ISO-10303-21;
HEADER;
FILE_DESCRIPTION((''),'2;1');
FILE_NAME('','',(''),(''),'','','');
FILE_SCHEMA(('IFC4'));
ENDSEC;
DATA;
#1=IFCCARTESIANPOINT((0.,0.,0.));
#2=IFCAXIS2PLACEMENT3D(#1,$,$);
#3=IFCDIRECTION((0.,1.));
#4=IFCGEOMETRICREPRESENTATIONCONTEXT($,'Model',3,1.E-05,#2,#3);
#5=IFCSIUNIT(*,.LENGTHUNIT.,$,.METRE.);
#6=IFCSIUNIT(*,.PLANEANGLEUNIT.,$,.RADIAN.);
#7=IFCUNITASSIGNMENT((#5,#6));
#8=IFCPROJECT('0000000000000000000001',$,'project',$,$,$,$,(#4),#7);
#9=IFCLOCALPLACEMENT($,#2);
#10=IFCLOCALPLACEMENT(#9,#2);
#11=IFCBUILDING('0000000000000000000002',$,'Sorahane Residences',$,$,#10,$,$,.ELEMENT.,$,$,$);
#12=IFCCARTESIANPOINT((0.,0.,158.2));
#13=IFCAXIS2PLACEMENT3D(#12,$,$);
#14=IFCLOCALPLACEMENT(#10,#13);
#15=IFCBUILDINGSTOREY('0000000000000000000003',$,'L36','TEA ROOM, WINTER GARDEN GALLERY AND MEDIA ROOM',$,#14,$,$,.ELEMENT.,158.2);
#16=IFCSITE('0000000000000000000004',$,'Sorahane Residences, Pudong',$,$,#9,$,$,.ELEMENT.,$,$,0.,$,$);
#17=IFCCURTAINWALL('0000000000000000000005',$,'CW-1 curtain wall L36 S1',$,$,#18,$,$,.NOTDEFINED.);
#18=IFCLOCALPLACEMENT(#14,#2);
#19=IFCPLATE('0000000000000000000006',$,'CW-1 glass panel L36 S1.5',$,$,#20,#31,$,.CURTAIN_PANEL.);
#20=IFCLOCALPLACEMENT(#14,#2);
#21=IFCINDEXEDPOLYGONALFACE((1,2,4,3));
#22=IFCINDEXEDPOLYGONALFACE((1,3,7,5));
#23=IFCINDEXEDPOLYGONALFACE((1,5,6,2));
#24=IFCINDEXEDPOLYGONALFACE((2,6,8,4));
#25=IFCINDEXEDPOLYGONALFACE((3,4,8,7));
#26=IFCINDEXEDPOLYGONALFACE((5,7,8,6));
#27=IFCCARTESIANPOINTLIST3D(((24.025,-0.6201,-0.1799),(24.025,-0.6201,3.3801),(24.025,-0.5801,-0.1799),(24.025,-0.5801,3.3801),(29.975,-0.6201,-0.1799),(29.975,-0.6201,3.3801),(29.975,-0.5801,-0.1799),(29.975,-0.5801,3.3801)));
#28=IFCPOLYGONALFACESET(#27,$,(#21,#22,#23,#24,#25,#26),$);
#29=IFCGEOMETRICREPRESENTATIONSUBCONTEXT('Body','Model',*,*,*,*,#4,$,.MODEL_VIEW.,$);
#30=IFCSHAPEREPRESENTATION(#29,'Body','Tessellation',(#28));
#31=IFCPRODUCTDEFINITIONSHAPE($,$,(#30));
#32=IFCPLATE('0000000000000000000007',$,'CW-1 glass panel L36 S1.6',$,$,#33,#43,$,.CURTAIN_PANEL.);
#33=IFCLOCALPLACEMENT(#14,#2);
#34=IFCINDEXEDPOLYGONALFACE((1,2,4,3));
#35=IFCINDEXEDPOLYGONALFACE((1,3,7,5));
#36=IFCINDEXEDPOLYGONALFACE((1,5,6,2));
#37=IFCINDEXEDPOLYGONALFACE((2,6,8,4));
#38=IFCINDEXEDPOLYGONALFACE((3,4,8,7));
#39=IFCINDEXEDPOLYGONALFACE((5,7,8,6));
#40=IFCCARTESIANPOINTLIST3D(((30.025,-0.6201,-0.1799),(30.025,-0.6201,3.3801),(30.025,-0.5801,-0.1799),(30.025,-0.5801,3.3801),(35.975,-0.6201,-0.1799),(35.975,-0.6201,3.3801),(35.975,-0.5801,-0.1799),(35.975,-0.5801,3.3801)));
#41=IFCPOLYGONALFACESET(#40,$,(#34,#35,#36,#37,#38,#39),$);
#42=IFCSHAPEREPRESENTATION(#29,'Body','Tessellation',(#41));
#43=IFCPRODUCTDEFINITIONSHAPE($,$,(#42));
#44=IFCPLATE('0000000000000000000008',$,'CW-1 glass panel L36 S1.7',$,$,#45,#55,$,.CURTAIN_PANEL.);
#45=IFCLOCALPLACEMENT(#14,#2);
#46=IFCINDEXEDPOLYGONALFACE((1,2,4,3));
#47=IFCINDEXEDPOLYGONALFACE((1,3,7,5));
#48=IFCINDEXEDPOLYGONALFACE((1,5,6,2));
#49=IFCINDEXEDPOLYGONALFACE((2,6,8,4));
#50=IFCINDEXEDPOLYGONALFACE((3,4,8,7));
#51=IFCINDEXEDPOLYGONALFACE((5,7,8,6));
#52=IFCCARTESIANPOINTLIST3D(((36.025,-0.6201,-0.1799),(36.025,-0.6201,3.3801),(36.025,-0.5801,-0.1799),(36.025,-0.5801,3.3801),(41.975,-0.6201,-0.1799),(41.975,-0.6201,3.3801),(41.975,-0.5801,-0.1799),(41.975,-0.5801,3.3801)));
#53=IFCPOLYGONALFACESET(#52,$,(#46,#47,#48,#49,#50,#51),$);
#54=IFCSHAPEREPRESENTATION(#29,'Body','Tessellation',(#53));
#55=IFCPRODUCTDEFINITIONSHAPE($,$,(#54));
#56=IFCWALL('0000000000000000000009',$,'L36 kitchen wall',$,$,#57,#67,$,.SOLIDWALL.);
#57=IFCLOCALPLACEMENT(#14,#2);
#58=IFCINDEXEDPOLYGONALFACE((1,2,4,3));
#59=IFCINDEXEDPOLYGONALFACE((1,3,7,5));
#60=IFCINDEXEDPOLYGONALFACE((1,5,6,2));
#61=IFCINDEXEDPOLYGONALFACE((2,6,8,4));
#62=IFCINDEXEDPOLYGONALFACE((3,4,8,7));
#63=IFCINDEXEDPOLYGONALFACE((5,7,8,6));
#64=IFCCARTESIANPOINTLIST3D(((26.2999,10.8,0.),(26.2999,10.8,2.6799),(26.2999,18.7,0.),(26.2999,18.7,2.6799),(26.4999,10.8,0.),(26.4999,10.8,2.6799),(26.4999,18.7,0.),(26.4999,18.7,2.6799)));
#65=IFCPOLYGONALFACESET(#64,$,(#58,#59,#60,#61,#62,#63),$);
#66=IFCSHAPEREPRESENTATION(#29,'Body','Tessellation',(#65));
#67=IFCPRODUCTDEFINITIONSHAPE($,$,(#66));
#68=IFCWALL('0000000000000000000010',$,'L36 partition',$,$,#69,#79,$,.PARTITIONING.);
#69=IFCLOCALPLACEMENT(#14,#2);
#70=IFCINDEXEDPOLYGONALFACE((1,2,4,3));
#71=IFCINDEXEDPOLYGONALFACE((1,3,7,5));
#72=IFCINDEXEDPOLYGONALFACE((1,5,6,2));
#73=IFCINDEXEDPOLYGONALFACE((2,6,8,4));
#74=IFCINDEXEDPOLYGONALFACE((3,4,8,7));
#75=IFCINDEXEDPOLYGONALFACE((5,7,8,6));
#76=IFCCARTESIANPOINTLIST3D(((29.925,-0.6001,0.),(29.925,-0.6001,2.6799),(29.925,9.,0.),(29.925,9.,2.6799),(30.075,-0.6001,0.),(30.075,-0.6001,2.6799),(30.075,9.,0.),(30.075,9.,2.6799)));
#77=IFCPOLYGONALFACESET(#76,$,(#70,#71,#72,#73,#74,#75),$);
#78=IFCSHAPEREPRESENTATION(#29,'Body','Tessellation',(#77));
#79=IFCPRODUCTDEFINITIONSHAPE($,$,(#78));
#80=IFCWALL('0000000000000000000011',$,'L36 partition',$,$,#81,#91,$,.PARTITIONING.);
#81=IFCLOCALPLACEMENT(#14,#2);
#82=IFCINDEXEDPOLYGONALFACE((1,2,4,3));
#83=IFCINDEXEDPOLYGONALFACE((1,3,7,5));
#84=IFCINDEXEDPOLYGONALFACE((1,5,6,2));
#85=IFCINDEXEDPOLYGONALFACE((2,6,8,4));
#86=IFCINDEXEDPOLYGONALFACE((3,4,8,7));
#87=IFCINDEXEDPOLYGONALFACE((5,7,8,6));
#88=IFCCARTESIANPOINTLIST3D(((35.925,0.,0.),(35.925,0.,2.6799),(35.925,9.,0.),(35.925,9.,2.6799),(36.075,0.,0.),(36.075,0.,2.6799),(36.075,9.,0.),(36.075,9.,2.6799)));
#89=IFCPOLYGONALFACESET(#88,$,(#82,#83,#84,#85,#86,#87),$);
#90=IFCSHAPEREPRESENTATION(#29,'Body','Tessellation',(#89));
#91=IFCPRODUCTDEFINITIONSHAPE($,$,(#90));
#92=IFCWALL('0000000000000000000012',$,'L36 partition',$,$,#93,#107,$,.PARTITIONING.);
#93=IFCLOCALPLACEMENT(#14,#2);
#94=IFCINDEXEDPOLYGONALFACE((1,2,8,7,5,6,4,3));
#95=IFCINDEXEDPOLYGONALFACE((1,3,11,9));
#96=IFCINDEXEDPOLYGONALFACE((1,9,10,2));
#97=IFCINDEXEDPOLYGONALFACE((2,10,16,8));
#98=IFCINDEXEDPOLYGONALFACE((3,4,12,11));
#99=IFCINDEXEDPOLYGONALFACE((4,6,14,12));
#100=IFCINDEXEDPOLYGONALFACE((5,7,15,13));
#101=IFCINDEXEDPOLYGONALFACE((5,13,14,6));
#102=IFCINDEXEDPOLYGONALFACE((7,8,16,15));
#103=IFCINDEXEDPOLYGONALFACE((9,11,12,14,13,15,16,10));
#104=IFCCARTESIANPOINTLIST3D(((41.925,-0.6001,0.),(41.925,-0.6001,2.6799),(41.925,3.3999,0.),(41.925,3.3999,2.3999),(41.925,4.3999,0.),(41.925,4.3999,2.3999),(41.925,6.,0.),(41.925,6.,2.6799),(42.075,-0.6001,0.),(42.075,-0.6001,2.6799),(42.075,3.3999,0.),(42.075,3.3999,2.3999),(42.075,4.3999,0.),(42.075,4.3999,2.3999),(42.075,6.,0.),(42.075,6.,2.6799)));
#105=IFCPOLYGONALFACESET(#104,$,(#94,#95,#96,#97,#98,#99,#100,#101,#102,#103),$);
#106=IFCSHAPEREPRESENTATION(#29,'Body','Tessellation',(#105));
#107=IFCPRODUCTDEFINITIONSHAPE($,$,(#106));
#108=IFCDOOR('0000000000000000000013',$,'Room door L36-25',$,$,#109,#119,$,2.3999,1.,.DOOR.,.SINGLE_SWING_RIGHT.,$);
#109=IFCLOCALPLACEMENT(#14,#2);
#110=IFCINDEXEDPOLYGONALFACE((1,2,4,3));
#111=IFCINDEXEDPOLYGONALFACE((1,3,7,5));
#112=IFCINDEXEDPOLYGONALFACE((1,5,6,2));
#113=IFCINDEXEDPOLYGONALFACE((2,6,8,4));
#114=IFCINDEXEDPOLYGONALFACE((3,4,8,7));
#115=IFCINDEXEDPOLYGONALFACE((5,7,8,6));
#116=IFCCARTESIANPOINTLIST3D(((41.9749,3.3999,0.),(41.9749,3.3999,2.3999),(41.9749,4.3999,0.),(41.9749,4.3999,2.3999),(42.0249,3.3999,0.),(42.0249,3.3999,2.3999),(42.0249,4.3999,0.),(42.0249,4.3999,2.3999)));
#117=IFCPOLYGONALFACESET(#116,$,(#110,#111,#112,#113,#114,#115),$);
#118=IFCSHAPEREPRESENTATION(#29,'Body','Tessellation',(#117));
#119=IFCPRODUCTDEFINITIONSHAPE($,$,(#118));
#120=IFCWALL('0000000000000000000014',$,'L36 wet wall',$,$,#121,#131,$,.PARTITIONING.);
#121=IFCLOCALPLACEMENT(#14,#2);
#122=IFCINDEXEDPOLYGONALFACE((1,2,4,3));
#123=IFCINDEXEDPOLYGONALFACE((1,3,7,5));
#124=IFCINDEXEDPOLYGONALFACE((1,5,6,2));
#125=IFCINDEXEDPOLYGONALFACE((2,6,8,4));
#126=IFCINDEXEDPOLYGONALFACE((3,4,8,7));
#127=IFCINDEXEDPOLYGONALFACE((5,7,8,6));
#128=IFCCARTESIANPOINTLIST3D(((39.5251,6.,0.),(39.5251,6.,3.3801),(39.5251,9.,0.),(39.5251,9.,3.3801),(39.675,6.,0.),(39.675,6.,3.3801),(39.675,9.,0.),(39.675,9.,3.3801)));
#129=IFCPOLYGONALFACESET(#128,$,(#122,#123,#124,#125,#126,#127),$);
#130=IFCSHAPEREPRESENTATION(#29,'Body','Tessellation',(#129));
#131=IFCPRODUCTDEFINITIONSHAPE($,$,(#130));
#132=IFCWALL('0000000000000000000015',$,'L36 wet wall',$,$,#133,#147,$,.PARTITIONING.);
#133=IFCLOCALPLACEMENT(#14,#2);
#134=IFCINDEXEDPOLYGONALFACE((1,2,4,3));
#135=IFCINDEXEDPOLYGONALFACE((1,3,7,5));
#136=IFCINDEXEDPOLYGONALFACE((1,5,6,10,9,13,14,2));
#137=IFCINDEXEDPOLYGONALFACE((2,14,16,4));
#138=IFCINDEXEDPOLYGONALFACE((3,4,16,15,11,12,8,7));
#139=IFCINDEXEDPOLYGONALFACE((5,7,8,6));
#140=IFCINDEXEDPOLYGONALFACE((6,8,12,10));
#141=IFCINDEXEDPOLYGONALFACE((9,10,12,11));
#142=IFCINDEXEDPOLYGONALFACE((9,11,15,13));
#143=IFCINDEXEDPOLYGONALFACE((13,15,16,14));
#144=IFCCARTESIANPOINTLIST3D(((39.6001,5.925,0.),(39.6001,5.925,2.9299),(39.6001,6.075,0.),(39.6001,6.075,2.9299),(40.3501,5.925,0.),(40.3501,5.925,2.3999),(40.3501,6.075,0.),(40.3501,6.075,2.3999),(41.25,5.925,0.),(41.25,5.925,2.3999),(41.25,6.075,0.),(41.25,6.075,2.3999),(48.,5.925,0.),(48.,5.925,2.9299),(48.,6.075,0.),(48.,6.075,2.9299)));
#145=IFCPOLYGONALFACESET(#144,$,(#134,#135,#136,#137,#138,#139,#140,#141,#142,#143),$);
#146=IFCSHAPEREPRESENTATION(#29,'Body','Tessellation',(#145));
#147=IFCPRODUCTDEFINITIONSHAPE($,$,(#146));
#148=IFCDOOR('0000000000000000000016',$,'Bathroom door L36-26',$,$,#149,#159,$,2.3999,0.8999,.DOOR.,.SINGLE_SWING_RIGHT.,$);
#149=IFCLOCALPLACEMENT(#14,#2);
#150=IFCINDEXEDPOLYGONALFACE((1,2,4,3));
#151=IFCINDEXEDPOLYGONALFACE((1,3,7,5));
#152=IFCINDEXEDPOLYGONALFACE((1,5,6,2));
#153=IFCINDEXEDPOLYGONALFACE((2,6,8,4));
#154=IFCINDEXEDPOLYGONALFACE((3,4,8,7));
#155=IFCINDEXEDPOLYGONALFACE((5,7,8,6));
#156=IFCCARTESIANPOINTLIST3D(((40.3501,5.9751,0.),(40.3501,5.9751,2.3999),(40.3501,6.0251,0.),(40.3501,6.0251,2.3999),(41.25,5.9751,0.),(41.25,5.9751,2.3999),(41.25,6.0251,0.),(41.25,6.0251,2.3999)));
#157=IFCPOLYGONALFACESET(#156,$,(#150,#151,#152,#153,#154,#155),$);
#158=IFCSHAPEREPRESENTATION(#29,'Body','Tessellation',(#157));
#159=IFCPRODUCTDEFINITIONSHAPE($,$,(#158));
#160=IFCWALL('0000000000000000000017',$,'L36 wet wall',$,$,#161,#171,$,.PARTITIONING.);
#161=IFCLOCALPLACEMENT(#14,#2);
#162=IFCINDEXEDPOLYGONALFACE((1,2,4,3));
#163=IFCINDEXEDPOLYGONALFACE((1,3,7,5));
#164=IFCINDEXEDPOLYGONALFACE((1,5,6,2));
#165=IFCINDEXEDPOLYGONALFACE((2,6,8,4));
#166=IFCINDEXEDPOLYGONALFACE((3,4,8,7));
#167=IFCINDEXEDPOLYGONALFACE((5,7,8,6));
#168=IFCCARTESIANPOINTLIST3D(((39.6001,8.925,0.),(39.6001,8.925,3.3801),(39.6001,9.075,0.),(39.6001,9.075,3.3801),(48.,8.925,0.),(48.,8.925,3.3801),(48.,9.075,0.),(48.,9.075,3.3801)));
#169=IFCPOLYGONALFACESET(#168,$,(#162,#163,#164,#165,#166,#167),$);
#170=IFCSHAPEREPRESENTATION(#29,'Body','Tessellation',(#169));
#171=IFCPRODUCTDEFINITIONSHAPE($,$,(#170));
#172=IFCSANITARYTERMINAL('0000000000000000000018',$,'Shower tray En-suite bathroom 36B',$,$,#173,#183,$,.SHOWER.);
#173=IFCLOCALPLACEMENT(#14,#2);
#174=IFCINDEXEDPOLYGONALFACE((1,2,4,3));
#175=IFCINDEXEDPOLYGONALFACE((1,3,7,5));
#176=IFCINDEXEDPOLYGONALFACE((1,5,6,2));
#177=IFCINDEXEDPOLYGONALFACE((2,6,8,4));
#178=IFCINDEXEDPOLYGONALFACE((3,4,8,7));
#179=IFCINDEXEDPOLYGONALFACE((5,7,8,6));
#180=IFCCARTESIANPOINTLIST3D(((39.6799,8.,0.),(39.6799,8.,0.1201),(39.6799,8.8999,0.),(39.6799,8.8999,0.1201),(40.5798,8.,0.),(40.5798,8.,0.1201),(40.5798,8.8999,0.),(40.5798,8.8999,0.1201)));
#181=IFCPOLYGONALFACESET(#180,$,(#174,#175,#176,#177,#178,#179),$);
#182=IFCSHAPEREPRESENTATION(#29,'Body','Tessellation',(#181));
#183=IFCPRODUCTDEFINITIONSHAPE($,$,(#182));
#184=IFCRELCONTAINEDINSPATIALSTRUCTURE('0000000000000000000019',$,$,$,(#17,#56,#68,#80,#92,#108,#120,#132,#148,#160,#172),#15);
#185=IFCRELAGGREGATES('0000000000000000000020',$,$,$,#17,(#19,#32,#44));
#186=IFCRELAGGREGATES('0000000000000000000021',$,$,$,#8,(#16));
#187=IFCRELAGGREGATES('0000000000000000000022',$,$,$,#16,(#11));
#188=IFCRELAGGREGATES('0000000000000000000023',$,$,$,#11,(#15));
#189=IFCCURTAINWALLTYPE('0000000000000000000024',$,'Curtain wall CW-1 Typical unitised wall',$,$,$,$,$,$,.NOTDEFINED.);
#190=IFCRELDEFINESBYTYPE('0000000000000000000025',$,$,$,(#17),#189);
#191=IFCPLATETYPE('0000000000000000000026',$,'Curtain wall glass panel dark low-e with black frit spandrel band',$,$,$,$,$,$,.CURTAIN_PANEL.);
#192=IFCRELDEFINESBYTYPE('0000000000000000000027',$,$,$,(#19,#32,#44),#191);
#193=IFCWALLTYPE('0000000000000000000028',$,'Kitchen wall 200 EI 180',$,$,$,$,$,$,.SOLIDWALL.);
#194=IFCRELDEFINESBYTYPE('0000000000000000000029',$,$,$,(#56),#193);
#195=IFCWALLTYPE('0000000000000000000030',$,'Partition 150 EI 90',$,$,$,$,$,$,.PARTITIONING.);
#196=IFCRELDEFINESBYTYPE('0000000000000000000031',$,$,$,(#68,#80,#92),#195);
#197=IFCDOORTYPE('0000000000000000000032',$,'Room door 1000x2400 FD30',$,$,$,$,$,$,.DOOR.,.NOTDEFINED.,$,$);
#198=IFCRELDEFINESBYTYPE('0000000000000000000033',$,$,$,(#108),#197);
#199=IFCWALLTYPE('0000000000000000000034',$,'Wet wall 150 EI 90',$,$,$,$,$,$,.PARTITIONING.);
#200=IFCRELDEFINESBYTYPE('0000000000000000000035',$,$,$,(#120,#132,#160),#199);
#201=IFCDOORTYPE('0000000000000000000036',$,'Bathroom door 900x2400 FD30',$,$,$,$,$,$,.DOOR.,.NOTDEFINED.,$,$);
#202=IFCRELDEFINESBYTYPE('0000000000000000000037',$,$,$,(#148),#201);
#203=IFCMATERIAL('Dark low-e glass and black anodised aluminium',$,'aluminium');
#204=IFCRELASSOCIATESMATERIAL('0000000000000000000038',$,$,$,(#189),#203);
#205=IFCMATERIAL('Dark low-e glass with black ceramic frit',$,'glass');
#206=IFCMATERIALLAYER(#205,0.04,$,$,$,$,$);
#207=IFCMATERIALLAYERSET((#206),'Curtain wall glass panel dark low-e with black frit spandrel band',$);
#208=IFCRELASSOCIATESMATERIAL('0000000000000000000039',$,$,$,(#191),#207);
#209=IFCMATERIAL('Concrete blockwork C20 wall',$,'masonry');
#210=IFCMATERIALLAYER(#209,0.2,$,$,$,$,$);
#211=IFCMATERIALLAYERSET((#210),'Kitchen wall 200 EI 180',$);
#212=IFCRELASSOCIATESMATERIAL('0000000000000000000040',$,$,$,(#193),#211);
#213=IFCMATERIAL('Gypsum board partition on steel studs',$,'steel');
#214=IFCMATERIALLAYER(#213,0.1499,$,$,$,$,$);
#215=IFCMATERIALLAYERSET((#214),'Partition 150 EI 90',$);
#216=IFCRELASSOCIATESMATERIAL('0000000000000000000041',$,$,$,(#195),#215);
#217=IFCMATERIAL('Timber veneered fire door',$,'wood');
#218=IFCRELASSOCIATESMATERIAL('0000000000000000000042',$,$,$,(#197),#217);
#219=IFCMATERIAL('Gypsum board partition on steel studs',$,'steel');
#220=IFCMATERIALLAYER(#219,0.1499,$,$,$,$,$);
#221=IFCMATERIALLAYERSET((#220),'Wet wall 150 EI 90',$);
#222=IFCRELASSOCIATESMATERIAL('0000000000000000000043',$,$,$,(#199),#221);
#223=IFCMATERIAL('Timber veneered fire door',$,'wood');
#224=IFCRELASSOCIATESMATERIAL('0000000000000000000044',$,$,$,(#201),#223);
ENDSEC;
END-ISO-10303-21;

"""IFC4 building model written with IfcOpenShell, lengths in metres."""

from ifc_helpers import new_model, si_unit, direction, frame, frame_2d, origin, origin_2d, place, context, subcontext, project, spatial, rectangle, extrude, material, layer, layer_set, type_object, element, fill, aggregate, save


model = new_model("IFC4")

# Units and contexts
model_context = context("Model", 3, precision=1e-05, world=origin(), true_north=direction((0.0, 1.0)))
body_context = subcontext(model_context, "Body", "Model", "MODEL_VIEW")
ifc_project = project(units=[si_unit("LENGTHUNIT", "METRE"), si_unit("PLANEANGLEUNIT", "RADIAN")], contexts=[model_context])

# Site, building, storey
site_placement = place(None, origin())
site = spatial("IfcSite", under=ifc_project, at=site_placement, Name="Sorahane Residences, Pudong", CompositionType="ELEMENT", RefElevation=0.0)
building_placement = place(site_placement, origin())
building = spatial("IfcBuilding", under=site, at=building_placement, Name="Sorahane Residences", CompositionType="ELEMENT")
storey_placement = place(building_placement, frame((0.0, 0.0, 158.2)))
storey = spatial("IfcBuildingStorey", under=building, at=storey_placement, Name="L36", Description="TEA ROOM, WINTER GARDEN GALLERY AND MEDIA ROOM", CompositionType="ELEMENT", Elevation=158.2)

# Curtain wall
ifc_material_1 = material(Name="Dark low-e glass and black anodised aluminium", Category="aluminium")
curtain_wall_type = type_object("IfcCurtainWallType", Name="Curtain wall CW-1 Typical unitised wall", PredefinedType="NOTDEFINED", material=ifc_material_1)
curtain_wall_placement = place(storey_placement, origin())
curtain_wall = element("IfcCurtainWall", 1, at=curtain_wall_placement, inside=storey, type_object=curtain_wall_type, Name="CW-1 curtain wall L36 S1", PredefinedType="NOTDEFINED")

# Plates
ifc_material_2 = material(Name="Dark low-e glass with black ceramic frit", Category="glass")
ifc_layer_1 = layer(ifc_material_2, 0.04)
ifc_layer_set_1 = layer_set([ifc_layer_1], Name="Curtain wall glass panel dark low-e with black frit spandrel band")
plate_type = type_object("IfcPlateType", Name="Curtain wall glass panel dark low-e with black frit spandrel band", PredefinedType="CURTAIN_PANEL", material=ifc_layer_set_1)
plate_1_placement = place(storey_placement, frame((27.0, -0.6001, -0.1799), z_axis=(0.0, 0.0, 1.0), x_axis=(1.0, 0.0, 0.0)))
plate_1 = element("IfcPlate", 2, at=plate_1_placement, type_object=plate_type, Name="CW-1 glass panel L36 S1.5", PredefinedType="CURTAIN_PANEL", context=body_context, shape_type="SweptSolid", body=[
    extrude(rectangle(XDim=5.95, YDim=0.04, at=origin_2d()), origin(), (0.0, 0.0, 1.0), 3.5601),
])
plate_2_placement = place(storey_placement, frame((33.0, -0.6001, -0.1799), z_axis=(0.0, 0.0, 1.0), x_axis=(1.0, 0.0, 0.0)))
plate_2 = element("IfcPlate", 3, at=plate_2_placement, type_object=plate_type, Name="CW-1 glass panel L36 S1.6", PredefinedType="CURTAIN_PANEL", context=body_context, shape_type="SweptSolid", body=[
    extrude(rectangle(XDim=5.95, YDim=0.04, at=origin_2d()), origin(), (0.0, 0.0, 1.0), 3.5601),
])
plate_3_placement = place(storey_placement, frame((39.0, -0.6001, -0.1799), z_axis=(0.0, 0.0, 1.0), x_axis=(1.0, 0.0, 0.0)))
plate_3 = element("IfcPlate", 4, at=plate_3_placement, type_object=plate_type, Name="CW-1 glass panel L36 S1.7", PredefinedType="CURTAIN_PANEL", context=body_context, shape_type="SweptSolid", body=[
    extrude(rectangle(XDim=5.95, YDim=0.04, at=origin_2d()), origin(), (0.0, 0.0, 1.0), 3.5601),
])
aggregate(curtain_wall, [plate_1, plate_2, plate_3])

# Wall
ifc_material_3 = material(Name="Concrete blockwork C20 wall", Category="masonry")
ifc_layer_2 = layer(ifc_material_3, 0.2)
ifc_layer_set_2 = layer_set([ifc_layer_2], Name="Kitchen wall 200 EI 180")
wall_type_1 = type_object("IfcWallType", Name="Kitchen wall 200 EI 180", PredefinedType="SOLIDWALL", material=ifc_layer_set_2)
wall_1_placement = place(storey_placement, frame((26.3999, 10.8, 0.0), z_axis=(0.0, 0.0, 1.0), x_axis=(0.0, 1.0, 0.0)))
element("IfcWall", 5, at=wall_1_placement, inside=storey, type_object=wall_type_1, Name="L36 kitchen wall", PredefinedType="SOLIDWALL", context=body_context, shape_type="SweptSolid", body=[
    extrude(rectangle(XDim=7.8999, YDim=0.2, at=frame_2d((3.95, 0.0))), origin(), (0.0, 0.0, 1.0), 2.6799),
])

# Walls
ifc_material_4 = material(Name="Gypsum board partition on steel studs", Category="steel")
ifc_layer_3 = layer(ifc_material_4, 0.1499)
ifc_layer_set_3 = layer_set([ifc_layer_3], Name="Partition 150 EI 90")
wall_type_2 = type_object("IfcWallType", Name="Partition 150 EI 90", PredefinedType="PARTITIONING", material=ifc_layer_set_3)
wall_2_placement = place(storey_placement, frame((30.0, -0.6001, 0.0), z_axis=(0.0, 0.0, 1.0), x_axis=(0.0, 1.0, 0.0)))
element("IfcWall", 6, at=wall_2_placement, inside=storey, type_object=wall_type_2, Name="L36 partition", PredefinedType="PARTITIONING", context=body_context, shape_type="SweptSolid", body=[
    extrude(rectangle(XDim=9.6001, YDim=0.1499, at=frame_2d((4.8, 0.0))), origin(), (0.0, 0.0, 1.0), 2.6799),
])
wall_3_placement = place(storey_placement, frame((36.0, 0.0, 0.0), z_axis=(0.0, 0.0, 1.0), x_axis=(0.0, 1.0, 0.0)))
element("IfcWall", 7, at=wall_3_placement, inside=storey, type_object=wall_type_2, Name="L36 partition", PredefinedType="PARTITIONING", context=body_context, shape_type="SweptSolid", body=[
    extrude(rectangle(XDim=9.0, YDim=0.1499, at=frame_2d((4.5, 0.0))), origin(), (0.0, 0.0, 1.0), 2.6799),
])

# Wall, opening, door
wall_4_placement = place(storey_placement, frame((42.0, -0.6001, 0.0), z_axis=(0.0, 0.0, 1.0), x_axis=(0.0, 1.0, 0.0)))
wall_4 = element("IfcWall", 8, at=wall_4_placement, inside=storey, type_object=wall_type_2, Name="L36 partition", PredefinedType="PARTITIONING", context=body_context, shape_type="SweptSolid", body=[
    extrude(rectangle(XDim=6.6001, YDim=0.1499, at=frame_2d((3.3, 0.0))), origin(), (0.0, 0.0, 1.0), 2.6799),
])
opening_1_placement = place(wall_4_placement, frame((4.0, 0.0, 0.0)))
opening_1 = element("IfcOpeningElement", 9, at=opening_1_placement, cuts=wall_4, PredefinedType="OPENING", context=body_context, shape_type="SweptSolid", body=[
    extrude(rectangle(XDim=1.0, YDim=2.3999, at=frame_2d((0.5, 1.2))), frame((0.0, 0.085, 0.0), z_axis=(0.0, -1.0, 0.0), x_axis=(1.0, 0.0, 0.0)), (0.0, 0.0, 1.0), 0.1699),
])
ifc_material_5 = material(Name="Timber veneered fire door", Category="wood")
door_type_1 = type_object("IfcDoorType", Name="Room door 1000x2400 FD30", OperationType="NOTDEFINED", PredefinedType="DOOR", material=ifc_material_5)
door_1_placement = place(opening_1_placement, frame((1.0, 0.0, 0.0), z_axis=(0.0, 0.0, 1.0), x_axis=(-1.0, 0.0, 0.0)))
door_1 = element("IfcDoor", 10, at=door_1_placement, inside=storey, type_object=door_type_1, Name="Room door L36-25", OperationType="SINGLE_SWING_RIGHT", OverallHeight=2.3999, OverallWidth=1.0, PredefinedType="DOOR", context=body_context, shape_type="SweptSolid", body=[
    extrude(rectangle(XDim=1.0, YDim=2.3999, at=frame_2d((0.5, 1.2))), frame((0.0, 0.0249, 0.0), z_axis=(0.0, -1.0, 0.0), x_axis=(1.0, 0.0, 0.0)), (0.0, 0.0, 1.0), 0.05),
])
fill(opening_1, door_1)

# Wall
ifc_material_6 = material(Name="Gypsum board partition on steel studs", Category="steel")
ifc_layer_4 = layer(ifc_material_6, 0.1499)
ifc_layer_set_4 = layer_set([ifc_layer_4], Name="Wet wall 150 EI 90")
wall_type_3 = type_object("IfcWallType", Name="Wet wall 150 EI 90", PredefinedType="PARTITIONING", material=ifc_layer_set_4)
wall_5_placement = place(storey_placement, frame((39.6001, 6.0, 0.0), z_axis=(0.0, 0.0, 1.0), x_axis=(0.0, 1.0, 0.0)))
element("IfcWall", 11, at=wall_5_placement, inside=storey, type_object=wall_type_3, Name="L36 wet wall", PredefinedType="PARTITIONING", context=body_context, shape_type="SweptSolid", body=[
    extrude(rectangle(XDim=3.0, YDim=0.1499, at=frame_2d((1.5, 0.0))), origin(), (0.0, 0.0, 1.0), 3.3801),
])

# Wall, opening, door
wall_6_placement = place(storey_placement, frame((39.6001, 6.0, 0.0), z_axis=(0.0, 0.0, 1.0), x_axis=(1.0, 0.0, 0.0)))
wall_6 = element("IfcWall", 12, at=wall_6_placement, inside=storey, type_object=wall_type_3, Name="L36 wet wall", PredefinedType="PARTITIONING", context=body_context, shape_type="SweptSolid", body=[
    extrude(rectangle(XDim=8.3999, YDim=0.1499, at=frame_2d((4.2, 0.0))), origin(), (0.0, 0.0, 1.0), 2.9299),
])
opening_2_placement = place(wall_6_placement, frame((0.75, 0.0, 0.0)))
opening_2 = element("IfcOpeningElement", 13, at=opening_2_placement, cuts=wall_6, PredefinedType="OPENING", context=body_context, shape_type="SweptSolid", body=[
    extrude(rectangle(XDim=0.8999, YDim=2.3999, at=frame_2d((0.45, 1.2))), frame((0.0, 0.085, 0.0), z_axis=(0.0, -1.0, 0.0), x_axis=(1.0, 0.0, 0.0)), (0.0, 0.0, 1.0), 0.1699),
])
ifc_material_7 = material(Name="Timber veneered fire door", Category="wood")
door_type_2 = type_object("IfcDoorType", Name="Bathroom door 900x2400 FD30", OperationType="NOTDEFINED", PredefinedType="DOOR", material=ifc_material_7)
door_2_placement = place(opening_2_placement, frame((0.8999, 0.0, 0.0), z_axis=(0.0, 0.0, 1.0), x_axis=(-1.0, 0.0, 0.0)))
door_2 = element("IfcDoor", 14, at=door_2_placement, inside=storey, type_object=door_type_2, Name="Bathroom door L36-26", OperationType="SINGLE_SWING_RIGHT", OverallHeight=2.3999, OverallWidth=0.8999, PredefinedType="DOOR", context=body_context, shape_type="SweptSolid", body=[
    extrude(rectangle(XDim=0.8999, YDim=2.3999, at=frame_2d((0.45, 1.2))), frame((0.0, 0.0249, 0.0), z_axis=(0.0, -1.0, 0.0), x_axis=(1.0, 0.0, 0.0)), (0.0, 0.0, 1.0), 0.05),
])
fill(opening_2, door_2)

# Wall
wall_7_placement = place(storey_placement, frame((39.6001, 9.0, 0.0), z_axis=(0.0, 0.0, 1.0), x_axis=(1.0, 0.0, 0.0)))
element("IfcWall", 15, at=wall_7_placement, inside=storey, type_object=wall_type_3, Name="L36 wet wall", PredefinedType="PARTITIONING", context=body_context, shape_type="SweptSolid", body=[
    extrude(rectangle(XDim=8.3999, YDim=0.1499, at=frame_2d((4.2, 0.0))), origin(), (0.0, 0.0, 1.0), 3.3801),
])

# Sanitary terminal
sanitary_terminal_1_placement = place(storey_placement, frame((40.1299, 8.45, 0.0), z_axis=(0.0, 0.0, 1.0), x_axis=(1.0, 0.0, 0.0)))
element("IfcSanitaryTerminal", 16, at=sanitary_terminal_1_placement, inside=storey, Name="Shower tray En-suite bathroom 36B", PredefinedType="SHOWER", context=body_context, shape_type="SweptSolid", body=[
    extrude(rectangle(XDim=0.8999, YDim=0.8999, at=origin_2d()), origin(), (0.0, 0.0, 1.0), 0.1201),
])

save(model, "model.ifc")
